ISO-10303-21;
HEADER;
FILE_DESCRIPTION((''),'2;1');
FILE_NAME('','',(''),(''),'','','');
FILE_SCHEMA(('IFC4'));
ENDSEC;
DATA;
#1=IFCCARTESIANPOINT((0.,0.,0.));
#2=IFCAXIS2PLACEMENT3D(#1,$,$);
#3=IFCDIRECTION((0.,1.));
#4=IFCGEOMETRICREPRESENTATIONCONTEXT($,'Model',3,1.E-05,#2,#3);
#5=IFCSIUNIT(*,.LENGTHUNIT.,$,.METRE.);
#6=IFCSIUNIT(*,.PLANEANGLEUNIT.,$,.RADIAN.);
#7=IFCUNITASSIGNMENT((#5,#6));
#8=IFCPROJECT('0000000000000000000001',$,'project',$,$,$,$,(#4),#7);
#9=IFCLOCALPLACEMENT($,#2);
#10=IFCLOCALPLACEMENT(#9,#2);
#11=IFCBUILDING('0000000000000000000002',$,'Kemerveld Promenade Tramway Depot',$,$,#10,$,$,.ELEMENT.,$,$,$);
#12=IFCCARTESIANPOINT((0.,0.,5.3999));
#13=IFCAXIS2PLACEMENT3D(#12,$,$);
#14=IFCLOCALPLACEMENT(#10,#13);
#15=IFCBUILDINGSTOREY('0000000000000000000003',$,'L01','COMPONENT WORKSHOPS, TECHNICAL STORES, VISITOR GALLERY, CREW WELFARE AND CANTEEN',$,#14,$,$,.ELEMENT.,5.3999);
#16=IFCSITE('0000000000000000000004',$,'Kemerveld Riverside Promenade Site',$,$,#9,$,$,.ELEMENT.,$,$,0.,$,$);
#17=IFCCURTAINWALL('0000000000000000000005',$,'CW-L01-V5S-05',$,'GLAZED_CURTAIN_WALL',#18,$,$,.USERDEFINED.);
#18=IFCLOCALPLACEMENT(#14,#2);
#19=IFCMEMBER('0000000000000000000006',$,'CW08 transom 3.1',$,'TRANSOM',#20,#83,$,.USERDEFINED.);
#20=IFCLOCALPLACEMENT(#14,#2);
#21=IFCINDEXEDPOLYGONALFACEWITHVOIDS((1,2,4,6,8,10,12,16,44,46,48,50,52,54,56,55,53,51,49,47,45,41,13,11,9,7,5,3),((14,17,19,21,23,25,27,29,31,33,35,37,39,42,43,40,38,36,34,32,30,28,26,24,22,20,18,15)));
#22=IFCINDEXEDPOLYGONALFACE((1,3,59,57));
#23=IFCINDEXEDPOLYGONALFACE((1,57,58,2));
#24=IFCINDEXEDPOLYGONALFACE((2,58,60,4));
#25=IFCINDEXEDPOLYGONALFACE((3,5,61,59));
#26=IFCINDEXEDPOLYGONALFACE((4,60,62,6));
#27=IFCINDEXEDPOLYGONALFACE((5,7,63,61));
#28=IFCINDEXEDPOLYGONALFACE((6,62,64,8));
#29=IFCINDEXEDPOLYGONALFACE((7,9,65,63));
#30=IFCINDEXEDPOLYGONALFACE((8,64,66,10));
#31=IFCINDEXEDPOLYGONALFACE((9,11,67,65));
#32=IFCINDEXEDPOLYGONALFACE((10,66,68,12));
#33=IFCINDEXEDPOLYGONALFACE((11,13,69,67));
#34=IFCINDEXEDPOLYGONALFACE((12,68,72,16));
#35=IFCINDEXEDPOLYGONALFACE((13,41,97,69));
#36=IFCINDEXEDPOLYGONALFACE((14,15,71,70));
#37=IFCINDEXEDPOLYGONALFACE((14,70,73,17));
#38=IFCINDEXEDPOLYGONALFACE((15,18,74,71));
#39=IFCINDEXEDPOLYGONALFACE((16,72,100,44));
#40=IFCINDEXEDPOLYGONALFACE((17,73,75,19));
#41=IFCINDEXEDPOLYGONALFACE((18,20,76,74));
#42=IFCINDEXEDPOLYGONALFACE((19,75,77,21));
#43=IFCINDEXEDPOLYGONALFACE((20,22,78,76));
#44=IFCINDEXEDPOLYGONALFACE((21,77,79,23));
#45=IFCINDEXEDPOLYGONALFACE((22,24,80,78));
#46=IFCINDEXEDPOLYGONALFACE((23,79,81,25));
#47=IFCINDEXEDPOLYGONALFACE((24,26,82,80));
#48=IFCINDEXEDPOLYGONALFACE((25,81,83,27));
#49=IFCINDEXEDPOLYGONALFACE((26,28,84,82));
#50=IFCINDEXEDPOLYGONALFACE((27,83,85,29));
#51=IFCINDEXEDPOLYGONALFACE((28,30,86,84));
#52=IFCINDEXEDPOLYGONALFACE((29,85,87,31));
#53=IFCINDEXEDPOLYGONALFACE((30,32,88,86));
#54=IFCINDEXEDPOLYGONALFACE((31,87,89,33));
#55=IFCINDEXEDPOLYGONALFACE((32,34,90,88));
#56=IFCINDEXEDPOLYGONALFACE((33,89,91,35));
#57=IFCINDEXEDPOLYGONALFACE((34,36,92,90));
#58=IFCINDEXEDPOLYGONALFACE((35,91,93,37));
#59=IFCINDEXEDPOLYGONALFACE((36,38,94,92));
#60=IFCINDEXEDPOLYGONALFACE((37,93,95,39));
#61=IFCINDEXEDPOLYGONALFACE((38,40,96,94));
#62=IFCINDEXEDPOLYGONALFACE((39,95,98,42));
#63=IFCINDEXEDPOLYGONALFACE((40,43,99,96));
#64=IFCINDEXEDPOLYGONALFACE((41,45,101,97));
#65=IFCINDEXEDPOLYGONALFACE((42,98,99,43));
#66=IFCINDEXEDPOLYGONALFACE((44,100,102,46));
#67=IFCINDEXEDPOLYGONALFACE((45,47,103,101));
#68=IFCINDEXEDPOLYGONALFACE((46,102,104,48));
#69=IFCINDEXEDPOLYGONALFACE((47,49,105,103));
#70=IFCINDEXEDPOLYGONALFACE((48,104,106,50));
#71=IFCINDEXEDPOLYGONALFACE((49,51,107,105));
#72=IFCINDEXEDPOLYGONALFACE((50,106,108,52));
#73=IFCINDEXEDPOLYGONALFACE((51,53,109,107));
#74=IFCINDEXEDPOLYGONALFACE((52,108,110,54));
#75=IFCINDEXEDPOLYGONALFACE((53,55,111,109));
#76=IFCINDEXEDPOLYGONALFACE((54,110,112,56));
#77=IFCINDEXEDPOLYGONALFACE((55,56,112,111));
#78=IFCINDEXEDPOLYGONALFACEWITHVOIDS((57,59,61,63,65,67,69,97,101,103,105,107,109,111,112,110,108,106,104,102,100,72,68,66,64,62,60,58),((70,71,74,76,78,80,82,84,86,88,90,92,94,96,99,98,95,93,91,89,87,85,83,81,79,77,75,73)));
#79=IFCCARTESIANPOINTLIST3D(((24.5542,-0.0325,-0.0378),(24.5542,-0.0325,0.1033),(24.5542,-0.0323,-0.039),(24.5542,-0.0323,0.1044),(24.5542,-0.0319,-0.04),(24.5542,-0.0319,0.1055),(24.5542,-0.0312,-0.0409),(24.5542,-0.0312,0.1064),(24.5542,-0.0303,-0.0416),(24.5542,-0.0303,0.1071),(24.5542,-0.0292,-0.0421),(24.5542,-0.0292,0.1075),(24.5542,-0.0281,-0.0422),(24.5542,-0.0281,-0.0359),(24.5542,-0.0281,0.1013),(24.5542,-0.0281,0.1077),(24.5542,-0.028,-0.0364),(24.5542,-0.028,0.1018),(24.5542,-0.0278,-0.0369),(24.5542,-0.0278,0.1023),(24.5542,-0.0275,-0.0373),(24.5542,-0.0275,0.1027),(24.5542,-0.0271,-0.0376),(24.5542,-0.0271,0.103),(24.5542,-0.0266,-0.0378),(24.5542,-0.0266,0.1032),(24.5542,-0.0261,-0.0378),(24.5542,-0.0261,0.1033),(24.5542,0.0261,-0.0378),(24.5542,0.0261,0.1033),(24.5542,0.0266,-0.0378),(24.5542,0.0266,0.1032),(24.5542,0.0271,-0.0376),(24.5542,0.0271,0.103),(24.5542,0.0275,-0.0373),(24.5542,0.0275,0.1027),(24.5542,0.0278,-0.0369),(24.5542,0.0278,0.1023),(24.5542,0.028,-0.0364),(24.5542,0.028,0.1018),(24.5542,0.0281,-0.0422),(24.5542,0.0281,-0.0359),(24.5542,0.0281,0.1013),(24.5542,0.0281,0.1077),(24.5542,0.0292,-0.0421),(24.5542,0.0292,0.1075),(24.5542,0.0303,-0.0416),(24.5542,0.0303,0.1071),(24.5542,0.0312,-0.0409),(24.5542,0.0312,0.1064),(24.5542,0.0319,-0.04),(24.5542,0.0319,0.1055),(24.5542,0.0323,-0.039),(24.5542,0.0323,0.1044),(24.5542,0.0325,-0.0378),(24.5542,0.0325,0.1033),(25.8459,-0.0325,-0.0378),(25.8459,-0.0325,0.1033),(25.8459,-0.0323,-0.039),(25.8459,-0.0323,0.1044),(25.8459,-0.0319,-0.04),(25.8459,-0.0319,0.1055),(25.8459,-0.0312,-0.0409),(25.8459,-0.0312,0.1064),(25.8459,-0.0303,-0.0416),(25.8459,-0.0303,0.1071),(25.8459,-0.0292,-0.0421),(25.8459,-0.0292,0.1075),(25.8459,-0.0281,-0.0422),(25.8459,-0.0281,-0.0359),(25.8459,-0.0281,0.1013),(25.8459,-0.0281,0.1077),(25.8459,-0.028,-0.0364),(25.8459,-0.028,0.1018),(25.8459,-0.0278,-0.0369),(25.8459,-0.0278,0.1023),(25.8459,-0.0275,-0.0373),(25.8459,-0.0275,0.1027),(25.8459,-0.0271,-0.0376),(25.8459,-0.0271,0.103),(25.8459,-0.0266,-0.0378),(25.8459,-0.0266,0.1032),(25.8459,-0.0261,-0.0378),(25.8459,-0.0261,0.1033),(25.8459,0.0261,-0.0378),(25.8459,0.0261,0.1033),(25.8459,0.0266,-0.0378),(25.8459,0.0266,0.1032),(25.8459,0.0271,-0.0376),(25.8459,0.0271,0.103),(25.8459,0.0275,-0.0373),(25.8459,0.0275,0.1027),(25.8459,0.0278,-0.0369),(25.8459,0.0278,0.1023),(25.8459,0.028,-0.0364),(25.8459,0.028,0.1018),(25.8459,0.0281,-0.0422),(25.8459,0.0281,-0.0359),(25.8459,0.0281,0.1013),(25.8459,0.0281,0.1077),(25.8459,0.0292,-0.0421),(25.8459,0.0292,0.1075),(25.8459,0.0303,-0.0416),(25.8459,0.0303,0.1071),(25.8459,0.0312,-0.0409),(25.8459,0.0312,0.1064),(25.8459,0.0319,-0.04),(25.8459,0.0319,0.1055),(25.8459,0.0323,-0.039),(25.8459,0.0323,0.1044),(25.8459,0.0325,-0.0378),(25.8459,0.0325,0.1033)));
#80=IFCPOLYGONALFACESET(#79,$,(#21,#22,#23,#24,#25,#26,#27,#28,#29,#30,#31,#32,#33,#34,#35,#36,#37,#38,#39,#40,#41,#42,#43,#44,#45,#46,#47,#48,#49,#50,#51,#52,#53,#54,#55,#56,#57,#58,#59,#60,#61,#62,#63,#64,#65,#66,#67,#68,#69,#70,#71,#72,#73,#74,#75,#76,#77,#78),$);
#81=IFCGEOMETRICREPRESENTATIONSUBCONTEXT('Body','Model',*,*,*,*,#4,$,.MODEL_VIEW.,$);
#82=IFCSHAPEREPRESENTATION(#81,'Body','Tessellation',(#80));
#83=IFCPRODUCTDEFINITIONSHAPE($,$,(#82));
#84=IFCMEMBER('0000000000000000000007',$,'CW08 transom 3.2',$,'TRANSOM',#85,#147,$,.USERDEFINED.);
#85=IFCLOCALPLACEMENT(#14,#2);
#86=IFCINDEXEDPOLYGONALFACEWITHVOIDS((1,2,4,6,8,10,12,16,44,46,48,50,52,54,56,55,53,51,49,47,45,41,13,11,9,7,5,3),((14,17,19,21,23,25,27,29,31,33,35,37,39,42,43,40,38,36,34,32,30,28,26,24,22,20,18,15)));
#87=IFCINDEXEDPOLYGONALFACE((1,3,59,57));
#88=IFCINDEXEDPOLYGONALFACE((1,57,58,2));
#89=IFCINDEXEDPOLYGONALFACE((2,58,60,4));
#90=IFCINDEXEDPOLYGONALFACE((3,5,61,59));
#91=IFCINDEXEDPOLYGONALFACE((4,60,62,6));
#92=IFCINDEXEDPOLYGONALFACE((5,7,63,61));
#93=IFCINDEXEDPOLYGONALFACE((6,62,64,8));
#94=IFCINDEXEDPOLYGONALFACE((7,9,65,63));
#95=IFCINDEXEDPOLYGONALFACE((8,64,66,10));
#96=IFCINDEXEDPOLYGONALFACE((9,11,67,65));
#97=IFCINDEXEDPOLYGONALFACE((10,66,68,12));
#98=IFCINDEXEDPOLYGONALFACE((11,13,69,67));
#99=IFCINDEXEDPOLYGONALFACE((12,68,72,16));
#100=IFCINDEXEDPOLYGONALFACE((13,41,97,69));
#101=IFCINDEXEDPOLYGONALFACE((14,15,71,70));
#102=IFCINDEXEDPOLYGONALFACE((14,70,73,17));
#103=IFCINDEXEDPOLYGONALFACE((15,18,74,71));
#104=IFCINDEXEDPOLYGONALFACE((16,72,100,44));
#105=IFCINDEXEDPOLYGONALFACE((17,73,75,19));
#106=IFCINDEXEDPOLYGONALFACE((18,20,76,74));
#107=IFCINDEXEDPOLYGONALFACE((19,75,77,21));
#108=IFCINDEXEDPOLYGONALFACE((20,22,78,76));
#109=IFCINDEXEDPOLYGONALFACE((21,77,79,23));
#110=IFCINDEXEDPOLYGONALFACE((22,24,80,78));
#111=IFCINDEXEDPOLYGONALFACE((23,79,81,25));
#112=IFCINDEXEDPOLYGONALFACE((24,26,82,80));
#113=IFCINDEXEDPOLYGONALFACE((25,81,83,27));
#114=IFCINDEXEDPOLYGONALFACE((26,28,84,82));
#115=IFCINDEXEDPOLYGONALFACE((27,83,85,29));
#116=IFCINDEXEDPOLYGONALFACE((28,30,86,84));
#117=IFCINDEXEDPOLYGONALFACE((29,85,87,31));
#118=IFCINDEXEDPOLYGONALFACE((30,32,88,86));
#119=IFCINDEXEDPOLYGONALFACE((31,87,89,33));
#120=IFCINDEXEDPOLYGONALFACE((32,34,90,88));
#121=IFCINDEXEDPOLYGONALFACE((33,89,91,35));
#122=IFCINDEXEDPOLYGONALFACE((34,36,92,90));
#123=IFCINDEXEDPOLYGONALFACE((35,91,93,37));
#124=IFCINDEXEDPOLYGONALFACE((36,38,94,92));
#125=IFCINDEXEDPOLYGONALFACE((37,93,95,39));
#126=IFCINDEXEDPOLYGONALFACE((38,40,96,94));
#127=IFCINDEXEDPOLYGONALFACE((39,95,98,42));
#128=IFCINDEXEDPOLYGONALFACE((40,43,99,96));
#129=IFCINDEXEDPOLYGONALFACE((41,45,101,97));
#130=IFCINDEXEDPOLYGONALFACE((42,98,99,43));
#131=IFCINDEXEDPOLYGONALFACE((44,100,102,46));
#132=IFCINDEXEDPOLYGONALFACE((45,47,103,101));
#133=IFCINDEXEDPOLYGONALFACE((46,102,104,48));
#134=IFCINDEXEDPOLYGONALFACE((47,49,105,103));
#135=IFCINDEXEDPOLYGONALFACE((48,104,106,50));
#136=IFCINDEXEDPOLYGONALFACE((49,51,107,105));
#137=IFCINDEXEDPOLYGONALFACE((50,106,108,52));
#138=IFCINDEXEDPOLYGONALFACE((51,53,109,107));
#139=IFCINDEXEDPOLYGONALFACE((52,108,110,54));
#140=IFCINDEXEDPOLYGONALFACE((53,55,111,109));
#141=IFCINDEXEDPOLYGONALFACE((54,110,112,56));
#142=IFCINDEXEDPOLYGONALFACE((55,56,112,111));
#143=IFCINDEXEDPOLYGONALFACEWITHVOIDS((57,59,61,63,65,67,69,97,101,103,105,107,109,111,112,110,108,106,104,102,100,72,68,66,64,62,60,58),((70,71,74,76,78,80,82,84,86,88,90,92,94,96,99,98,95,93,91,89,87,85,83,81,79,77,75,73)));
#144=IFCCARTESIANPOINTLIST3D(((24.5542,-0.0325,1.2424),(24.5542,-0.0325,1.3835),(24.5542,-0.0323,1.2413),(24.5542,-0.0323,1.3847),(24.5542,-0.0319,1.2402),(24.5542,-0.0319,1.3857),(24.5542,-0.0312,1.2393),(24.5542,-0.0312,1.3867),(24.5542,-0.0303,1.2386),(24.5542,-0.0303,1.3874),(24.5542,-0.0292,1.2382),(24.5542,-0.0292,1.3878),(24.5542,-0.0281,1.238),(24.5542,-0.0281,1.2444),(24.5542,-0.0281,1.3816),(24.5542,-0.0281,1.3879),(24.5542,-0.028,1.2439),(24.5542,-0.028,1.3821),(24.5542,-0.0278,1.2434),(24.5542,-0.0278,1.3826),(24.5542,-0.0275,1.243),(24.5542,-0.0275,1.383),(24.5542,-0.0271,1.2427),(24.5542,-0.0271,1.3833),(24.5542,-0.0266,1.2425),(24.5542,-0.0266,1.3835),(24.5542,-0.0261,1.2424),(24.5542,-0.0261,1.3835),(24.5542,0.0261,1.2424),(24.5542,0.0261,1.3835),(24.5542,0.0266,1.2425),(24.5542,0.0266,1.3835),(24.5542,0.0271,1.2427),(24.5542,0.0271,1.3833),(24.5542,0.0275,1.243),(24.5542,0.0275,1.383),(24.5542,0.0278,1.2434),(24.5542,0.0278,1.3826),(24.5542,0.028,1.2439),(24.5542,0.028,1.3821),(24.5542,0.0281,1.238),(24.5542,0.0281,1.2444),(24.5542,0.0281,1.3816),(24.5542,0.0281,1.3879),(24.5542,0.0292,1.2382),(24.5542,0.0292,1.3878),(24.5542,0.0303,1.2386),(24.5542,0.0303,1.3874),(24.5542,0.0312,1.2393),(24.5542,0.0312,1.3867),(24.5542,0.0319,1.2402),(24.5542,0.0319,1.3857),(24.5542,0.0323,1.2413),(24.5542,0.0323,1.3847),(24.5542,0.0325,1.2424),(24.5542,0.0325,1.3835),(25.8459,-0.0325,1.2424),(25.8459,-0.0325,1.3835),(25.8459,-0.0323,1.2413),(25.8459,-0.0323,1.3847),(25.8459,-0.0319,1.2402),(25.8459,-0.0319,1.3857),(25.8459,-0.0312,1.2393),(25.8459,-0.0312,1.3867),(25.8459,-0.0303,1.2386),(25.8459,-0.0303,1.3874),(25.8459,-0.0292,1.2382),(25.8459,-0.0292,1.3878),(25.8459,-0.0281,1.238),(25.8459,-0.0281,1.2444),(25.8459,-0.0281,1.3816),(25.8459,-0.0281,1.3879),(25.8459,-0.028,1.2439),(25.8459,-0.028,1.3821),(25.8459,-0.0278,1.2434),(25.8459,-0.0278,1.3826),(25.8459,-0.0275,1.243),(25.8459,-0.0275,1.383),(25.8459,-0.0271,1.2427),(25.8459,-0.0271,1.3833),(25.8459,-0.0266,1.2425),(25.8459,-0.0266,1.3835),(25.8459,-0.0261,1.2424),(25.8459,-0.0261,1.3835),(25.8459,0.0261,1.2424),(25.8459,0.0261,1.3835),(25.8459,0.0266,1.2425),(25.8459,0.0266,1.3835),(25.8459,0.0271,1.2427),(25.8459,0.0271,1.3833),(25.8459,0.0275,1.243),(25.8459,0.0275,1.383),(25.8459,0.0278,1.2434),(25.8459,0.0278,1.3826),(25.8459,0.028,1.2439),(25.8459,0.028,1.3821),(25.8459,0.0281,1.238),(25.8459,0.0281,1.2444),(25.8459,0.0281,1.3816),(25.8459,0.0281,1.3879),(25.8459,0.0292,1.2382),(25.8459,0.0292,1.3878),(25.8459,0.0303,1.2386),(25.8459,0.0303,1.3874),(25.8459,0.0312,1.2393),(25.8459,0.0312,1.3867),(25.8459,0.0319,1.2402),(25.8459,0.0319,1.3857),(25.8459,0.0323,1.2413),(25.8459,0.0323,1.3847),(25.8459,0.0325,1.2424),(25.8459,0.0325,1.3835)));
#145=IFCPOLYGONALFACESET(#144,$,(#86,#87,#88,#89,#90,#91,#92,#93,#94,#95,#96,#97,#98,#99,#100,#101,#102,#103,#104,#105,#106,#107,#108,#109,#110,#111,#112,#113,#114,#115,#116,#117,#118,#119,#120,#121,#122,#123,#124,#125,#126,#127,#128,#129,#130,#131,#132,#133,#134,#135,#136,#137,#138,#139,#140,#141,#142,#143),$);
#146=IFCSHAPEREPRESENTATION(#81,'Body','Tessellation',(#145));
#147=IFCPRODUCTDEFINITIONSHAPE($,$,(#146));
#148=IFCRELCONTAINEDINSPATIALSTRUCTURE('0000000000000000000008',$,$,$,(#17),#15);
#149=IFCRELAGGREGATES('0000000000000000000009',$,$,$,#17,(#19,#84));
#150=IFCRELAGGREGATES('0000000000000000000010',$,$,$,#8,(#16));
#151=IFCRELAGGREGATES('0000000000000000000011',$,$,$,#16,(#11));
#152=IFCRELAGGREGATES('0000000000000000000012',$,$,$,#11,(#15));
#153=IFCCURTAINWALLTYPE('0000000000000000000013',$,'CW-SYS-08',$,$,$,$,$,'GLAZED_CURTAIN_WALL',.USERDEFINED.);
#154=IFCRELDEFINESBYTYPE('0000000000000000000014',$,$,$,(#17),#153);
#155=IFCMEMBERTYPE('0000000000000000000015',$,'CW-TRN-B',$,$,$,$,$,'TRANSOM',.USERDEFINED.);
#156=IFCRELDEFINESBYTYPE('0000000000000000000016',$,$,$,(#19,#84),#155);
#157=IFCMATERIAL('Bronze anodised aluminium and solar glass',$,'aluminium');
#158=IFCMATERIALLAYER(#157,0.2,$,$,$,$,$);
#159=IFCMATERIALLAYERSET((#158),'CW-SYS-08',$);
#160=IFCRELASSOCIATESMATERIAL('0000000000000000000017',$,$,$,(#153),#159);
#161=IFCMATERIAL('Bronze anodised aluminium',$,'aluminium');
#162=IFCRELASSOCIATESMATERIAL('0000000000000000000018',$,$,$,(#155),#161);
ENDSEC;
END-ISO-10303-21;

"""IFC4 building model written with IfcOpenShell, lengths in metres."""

from ifc_helpers import new_model, si_unit, direction, frame, origin, origin_2d, place, context, subcontext, project, spatial, hollow_rectangle, extrude, material, layer, layer_set, material_profile, profile_set, type_object, element, aggregate, save


model = new_model("IFC4")

# Units and contexts
model_context = context("Model", 3, precision=1e-05, world=origin(), true_north=direction((0.0, 1.0)))
body_context = subcontext(model_context, "Body", "Model", "MODEL_VIEW")
ifc_project = project(units=[si_unit("LENGTHUNIT", "METRE"), si_unit("PLANEANGLEUNIT", "RADIAN")], contexts=[model_context])

# Site, building, storey
site_placement = place(None, origin())
site = spatial("IfcSite", under=ifc_project, at=site_placement, Name="Kemerveld Riverside Promenade Site", CompositionType="ELEMENT", RefElevation=0.0)
building_placement = place(site_placement, origin())
building = spatial("IfcBuilding", under=site, at=building_placement, Name="Kemerveld Promenade Tramway Depot", CompositionType="ELEMENT")
storey_placement = place(building_placement, frame((0.0, 0.0, 5.3999)))
storey = spatial("IfcBuildingStorey", under=building, at=storey_placement, Name="L01", Description="COMPONENT WORKSHOPS, TECHNICAL STORES, VISITOR GALLERY, CREW WELFARE AND CANTEEN", CompositionType="ELEMENT", Elevation=5.3999)

# Curtain wall, members
ifc_material_1 = material(Name="Bronze anodised aluminium and solar glass", Category="aluminium")
ifc_layer_1 = layer(ifc_material_1, 0.2)
ifc_layer_set_1 = layer_set([ifc_layer_1], Name="CW-SYS-08")
curtain_wall_type = type_object("IfcCurtainWallType", Name="CW-SYS-08", ElementType="GLAZED_CURTAIN_WALL", PredefinedType="USERDEFINED", material=ifc_layer_set_1)
curtain_wall_placement = place(storey_placement, origin())
curtain_wall = element("IfcCurtainWall", 1, at=curtain_wall_placement, inside=storey, type_object=curtain_wall_type, Name="CW-L01-V5S-05", ObjectType="GLAZED_CURTAIN_WALL", PredefinedType="USERDEFINED")
ifc_material_2 = material(Name="Bronze anodised aluminium", Category="aluminium")
ifc_material_profile_1 = material_profile(ifc_material_2, hollow_rectangle(XDim=0.0649, YDim=0.1499, WallThickness=0.0044, InnerFilletRadius=0.002, OuterFilletRadius=0.0044, at=origin_2d()), Name="CW-TRN-150x65")
ifc_profile_set_1 = profile_set([ifc_material_profile_1], Name="Bronze anodised aluminium")
member_type_1 = type_object("IfcMemberType", Name="CW-TRN-B", ElementType="TRANSOM", PredefinedType="USERDEFINED", material=ifc_profile_set_1)
member_1_placement = place(storey_placement, frame((25.8459, 0.0, 0.0327), z_axis=(-1.0, 0.0, 0.0), x_axis=(0.0, -1.0, 0.0)))
member_1 = element("IfcMember", 2, at=member_1_placement, type_object=member_type_1, Name="CW08 transom 3.1", ObjectType="TRANSOM", PredefinedType="USERDEFINED", context=body_context, shape_type="SweptSolid", body=[
    extrude(hollow_rectangle(XDim=0.0649, YDim=0.1499, WallThickness=0.0044, InnerFilletRadius=0.002, OuterFilletRadius=0.0044, at=origin_2d()), origin(), (0.0, 0.0, 1.0), 1.2917),
])
member_2_placement = place(storey_placement, frame((25.8459, 0.0, 1.313), z_axis=(-1.0, 0.0, 0.0), x_axis=(0.0, -1.0, 0.0)))
member_2 = element("IfcMember", 3, at=member_2_placement, type_object=member_type_1, Name="CW08 transom 3.2", ObjectType="TRANSOM", PredefinedType="USERDEFINED", context=body_context, shape_type="SweptSolid", body=[
    extrude(hollow_rectangle(XDim=0.0649, YDim=0.1499, WallThickness=0.0044, InnerFilletRadius=0.002, OuterFilletRadius=0.0044, at=origin_2d()), origin(), (0.0, 0.0, 1.0), 1.2917),
])
aggregate(curtain_wall, [member_1, member_2])

save(model, "model.ifc")
